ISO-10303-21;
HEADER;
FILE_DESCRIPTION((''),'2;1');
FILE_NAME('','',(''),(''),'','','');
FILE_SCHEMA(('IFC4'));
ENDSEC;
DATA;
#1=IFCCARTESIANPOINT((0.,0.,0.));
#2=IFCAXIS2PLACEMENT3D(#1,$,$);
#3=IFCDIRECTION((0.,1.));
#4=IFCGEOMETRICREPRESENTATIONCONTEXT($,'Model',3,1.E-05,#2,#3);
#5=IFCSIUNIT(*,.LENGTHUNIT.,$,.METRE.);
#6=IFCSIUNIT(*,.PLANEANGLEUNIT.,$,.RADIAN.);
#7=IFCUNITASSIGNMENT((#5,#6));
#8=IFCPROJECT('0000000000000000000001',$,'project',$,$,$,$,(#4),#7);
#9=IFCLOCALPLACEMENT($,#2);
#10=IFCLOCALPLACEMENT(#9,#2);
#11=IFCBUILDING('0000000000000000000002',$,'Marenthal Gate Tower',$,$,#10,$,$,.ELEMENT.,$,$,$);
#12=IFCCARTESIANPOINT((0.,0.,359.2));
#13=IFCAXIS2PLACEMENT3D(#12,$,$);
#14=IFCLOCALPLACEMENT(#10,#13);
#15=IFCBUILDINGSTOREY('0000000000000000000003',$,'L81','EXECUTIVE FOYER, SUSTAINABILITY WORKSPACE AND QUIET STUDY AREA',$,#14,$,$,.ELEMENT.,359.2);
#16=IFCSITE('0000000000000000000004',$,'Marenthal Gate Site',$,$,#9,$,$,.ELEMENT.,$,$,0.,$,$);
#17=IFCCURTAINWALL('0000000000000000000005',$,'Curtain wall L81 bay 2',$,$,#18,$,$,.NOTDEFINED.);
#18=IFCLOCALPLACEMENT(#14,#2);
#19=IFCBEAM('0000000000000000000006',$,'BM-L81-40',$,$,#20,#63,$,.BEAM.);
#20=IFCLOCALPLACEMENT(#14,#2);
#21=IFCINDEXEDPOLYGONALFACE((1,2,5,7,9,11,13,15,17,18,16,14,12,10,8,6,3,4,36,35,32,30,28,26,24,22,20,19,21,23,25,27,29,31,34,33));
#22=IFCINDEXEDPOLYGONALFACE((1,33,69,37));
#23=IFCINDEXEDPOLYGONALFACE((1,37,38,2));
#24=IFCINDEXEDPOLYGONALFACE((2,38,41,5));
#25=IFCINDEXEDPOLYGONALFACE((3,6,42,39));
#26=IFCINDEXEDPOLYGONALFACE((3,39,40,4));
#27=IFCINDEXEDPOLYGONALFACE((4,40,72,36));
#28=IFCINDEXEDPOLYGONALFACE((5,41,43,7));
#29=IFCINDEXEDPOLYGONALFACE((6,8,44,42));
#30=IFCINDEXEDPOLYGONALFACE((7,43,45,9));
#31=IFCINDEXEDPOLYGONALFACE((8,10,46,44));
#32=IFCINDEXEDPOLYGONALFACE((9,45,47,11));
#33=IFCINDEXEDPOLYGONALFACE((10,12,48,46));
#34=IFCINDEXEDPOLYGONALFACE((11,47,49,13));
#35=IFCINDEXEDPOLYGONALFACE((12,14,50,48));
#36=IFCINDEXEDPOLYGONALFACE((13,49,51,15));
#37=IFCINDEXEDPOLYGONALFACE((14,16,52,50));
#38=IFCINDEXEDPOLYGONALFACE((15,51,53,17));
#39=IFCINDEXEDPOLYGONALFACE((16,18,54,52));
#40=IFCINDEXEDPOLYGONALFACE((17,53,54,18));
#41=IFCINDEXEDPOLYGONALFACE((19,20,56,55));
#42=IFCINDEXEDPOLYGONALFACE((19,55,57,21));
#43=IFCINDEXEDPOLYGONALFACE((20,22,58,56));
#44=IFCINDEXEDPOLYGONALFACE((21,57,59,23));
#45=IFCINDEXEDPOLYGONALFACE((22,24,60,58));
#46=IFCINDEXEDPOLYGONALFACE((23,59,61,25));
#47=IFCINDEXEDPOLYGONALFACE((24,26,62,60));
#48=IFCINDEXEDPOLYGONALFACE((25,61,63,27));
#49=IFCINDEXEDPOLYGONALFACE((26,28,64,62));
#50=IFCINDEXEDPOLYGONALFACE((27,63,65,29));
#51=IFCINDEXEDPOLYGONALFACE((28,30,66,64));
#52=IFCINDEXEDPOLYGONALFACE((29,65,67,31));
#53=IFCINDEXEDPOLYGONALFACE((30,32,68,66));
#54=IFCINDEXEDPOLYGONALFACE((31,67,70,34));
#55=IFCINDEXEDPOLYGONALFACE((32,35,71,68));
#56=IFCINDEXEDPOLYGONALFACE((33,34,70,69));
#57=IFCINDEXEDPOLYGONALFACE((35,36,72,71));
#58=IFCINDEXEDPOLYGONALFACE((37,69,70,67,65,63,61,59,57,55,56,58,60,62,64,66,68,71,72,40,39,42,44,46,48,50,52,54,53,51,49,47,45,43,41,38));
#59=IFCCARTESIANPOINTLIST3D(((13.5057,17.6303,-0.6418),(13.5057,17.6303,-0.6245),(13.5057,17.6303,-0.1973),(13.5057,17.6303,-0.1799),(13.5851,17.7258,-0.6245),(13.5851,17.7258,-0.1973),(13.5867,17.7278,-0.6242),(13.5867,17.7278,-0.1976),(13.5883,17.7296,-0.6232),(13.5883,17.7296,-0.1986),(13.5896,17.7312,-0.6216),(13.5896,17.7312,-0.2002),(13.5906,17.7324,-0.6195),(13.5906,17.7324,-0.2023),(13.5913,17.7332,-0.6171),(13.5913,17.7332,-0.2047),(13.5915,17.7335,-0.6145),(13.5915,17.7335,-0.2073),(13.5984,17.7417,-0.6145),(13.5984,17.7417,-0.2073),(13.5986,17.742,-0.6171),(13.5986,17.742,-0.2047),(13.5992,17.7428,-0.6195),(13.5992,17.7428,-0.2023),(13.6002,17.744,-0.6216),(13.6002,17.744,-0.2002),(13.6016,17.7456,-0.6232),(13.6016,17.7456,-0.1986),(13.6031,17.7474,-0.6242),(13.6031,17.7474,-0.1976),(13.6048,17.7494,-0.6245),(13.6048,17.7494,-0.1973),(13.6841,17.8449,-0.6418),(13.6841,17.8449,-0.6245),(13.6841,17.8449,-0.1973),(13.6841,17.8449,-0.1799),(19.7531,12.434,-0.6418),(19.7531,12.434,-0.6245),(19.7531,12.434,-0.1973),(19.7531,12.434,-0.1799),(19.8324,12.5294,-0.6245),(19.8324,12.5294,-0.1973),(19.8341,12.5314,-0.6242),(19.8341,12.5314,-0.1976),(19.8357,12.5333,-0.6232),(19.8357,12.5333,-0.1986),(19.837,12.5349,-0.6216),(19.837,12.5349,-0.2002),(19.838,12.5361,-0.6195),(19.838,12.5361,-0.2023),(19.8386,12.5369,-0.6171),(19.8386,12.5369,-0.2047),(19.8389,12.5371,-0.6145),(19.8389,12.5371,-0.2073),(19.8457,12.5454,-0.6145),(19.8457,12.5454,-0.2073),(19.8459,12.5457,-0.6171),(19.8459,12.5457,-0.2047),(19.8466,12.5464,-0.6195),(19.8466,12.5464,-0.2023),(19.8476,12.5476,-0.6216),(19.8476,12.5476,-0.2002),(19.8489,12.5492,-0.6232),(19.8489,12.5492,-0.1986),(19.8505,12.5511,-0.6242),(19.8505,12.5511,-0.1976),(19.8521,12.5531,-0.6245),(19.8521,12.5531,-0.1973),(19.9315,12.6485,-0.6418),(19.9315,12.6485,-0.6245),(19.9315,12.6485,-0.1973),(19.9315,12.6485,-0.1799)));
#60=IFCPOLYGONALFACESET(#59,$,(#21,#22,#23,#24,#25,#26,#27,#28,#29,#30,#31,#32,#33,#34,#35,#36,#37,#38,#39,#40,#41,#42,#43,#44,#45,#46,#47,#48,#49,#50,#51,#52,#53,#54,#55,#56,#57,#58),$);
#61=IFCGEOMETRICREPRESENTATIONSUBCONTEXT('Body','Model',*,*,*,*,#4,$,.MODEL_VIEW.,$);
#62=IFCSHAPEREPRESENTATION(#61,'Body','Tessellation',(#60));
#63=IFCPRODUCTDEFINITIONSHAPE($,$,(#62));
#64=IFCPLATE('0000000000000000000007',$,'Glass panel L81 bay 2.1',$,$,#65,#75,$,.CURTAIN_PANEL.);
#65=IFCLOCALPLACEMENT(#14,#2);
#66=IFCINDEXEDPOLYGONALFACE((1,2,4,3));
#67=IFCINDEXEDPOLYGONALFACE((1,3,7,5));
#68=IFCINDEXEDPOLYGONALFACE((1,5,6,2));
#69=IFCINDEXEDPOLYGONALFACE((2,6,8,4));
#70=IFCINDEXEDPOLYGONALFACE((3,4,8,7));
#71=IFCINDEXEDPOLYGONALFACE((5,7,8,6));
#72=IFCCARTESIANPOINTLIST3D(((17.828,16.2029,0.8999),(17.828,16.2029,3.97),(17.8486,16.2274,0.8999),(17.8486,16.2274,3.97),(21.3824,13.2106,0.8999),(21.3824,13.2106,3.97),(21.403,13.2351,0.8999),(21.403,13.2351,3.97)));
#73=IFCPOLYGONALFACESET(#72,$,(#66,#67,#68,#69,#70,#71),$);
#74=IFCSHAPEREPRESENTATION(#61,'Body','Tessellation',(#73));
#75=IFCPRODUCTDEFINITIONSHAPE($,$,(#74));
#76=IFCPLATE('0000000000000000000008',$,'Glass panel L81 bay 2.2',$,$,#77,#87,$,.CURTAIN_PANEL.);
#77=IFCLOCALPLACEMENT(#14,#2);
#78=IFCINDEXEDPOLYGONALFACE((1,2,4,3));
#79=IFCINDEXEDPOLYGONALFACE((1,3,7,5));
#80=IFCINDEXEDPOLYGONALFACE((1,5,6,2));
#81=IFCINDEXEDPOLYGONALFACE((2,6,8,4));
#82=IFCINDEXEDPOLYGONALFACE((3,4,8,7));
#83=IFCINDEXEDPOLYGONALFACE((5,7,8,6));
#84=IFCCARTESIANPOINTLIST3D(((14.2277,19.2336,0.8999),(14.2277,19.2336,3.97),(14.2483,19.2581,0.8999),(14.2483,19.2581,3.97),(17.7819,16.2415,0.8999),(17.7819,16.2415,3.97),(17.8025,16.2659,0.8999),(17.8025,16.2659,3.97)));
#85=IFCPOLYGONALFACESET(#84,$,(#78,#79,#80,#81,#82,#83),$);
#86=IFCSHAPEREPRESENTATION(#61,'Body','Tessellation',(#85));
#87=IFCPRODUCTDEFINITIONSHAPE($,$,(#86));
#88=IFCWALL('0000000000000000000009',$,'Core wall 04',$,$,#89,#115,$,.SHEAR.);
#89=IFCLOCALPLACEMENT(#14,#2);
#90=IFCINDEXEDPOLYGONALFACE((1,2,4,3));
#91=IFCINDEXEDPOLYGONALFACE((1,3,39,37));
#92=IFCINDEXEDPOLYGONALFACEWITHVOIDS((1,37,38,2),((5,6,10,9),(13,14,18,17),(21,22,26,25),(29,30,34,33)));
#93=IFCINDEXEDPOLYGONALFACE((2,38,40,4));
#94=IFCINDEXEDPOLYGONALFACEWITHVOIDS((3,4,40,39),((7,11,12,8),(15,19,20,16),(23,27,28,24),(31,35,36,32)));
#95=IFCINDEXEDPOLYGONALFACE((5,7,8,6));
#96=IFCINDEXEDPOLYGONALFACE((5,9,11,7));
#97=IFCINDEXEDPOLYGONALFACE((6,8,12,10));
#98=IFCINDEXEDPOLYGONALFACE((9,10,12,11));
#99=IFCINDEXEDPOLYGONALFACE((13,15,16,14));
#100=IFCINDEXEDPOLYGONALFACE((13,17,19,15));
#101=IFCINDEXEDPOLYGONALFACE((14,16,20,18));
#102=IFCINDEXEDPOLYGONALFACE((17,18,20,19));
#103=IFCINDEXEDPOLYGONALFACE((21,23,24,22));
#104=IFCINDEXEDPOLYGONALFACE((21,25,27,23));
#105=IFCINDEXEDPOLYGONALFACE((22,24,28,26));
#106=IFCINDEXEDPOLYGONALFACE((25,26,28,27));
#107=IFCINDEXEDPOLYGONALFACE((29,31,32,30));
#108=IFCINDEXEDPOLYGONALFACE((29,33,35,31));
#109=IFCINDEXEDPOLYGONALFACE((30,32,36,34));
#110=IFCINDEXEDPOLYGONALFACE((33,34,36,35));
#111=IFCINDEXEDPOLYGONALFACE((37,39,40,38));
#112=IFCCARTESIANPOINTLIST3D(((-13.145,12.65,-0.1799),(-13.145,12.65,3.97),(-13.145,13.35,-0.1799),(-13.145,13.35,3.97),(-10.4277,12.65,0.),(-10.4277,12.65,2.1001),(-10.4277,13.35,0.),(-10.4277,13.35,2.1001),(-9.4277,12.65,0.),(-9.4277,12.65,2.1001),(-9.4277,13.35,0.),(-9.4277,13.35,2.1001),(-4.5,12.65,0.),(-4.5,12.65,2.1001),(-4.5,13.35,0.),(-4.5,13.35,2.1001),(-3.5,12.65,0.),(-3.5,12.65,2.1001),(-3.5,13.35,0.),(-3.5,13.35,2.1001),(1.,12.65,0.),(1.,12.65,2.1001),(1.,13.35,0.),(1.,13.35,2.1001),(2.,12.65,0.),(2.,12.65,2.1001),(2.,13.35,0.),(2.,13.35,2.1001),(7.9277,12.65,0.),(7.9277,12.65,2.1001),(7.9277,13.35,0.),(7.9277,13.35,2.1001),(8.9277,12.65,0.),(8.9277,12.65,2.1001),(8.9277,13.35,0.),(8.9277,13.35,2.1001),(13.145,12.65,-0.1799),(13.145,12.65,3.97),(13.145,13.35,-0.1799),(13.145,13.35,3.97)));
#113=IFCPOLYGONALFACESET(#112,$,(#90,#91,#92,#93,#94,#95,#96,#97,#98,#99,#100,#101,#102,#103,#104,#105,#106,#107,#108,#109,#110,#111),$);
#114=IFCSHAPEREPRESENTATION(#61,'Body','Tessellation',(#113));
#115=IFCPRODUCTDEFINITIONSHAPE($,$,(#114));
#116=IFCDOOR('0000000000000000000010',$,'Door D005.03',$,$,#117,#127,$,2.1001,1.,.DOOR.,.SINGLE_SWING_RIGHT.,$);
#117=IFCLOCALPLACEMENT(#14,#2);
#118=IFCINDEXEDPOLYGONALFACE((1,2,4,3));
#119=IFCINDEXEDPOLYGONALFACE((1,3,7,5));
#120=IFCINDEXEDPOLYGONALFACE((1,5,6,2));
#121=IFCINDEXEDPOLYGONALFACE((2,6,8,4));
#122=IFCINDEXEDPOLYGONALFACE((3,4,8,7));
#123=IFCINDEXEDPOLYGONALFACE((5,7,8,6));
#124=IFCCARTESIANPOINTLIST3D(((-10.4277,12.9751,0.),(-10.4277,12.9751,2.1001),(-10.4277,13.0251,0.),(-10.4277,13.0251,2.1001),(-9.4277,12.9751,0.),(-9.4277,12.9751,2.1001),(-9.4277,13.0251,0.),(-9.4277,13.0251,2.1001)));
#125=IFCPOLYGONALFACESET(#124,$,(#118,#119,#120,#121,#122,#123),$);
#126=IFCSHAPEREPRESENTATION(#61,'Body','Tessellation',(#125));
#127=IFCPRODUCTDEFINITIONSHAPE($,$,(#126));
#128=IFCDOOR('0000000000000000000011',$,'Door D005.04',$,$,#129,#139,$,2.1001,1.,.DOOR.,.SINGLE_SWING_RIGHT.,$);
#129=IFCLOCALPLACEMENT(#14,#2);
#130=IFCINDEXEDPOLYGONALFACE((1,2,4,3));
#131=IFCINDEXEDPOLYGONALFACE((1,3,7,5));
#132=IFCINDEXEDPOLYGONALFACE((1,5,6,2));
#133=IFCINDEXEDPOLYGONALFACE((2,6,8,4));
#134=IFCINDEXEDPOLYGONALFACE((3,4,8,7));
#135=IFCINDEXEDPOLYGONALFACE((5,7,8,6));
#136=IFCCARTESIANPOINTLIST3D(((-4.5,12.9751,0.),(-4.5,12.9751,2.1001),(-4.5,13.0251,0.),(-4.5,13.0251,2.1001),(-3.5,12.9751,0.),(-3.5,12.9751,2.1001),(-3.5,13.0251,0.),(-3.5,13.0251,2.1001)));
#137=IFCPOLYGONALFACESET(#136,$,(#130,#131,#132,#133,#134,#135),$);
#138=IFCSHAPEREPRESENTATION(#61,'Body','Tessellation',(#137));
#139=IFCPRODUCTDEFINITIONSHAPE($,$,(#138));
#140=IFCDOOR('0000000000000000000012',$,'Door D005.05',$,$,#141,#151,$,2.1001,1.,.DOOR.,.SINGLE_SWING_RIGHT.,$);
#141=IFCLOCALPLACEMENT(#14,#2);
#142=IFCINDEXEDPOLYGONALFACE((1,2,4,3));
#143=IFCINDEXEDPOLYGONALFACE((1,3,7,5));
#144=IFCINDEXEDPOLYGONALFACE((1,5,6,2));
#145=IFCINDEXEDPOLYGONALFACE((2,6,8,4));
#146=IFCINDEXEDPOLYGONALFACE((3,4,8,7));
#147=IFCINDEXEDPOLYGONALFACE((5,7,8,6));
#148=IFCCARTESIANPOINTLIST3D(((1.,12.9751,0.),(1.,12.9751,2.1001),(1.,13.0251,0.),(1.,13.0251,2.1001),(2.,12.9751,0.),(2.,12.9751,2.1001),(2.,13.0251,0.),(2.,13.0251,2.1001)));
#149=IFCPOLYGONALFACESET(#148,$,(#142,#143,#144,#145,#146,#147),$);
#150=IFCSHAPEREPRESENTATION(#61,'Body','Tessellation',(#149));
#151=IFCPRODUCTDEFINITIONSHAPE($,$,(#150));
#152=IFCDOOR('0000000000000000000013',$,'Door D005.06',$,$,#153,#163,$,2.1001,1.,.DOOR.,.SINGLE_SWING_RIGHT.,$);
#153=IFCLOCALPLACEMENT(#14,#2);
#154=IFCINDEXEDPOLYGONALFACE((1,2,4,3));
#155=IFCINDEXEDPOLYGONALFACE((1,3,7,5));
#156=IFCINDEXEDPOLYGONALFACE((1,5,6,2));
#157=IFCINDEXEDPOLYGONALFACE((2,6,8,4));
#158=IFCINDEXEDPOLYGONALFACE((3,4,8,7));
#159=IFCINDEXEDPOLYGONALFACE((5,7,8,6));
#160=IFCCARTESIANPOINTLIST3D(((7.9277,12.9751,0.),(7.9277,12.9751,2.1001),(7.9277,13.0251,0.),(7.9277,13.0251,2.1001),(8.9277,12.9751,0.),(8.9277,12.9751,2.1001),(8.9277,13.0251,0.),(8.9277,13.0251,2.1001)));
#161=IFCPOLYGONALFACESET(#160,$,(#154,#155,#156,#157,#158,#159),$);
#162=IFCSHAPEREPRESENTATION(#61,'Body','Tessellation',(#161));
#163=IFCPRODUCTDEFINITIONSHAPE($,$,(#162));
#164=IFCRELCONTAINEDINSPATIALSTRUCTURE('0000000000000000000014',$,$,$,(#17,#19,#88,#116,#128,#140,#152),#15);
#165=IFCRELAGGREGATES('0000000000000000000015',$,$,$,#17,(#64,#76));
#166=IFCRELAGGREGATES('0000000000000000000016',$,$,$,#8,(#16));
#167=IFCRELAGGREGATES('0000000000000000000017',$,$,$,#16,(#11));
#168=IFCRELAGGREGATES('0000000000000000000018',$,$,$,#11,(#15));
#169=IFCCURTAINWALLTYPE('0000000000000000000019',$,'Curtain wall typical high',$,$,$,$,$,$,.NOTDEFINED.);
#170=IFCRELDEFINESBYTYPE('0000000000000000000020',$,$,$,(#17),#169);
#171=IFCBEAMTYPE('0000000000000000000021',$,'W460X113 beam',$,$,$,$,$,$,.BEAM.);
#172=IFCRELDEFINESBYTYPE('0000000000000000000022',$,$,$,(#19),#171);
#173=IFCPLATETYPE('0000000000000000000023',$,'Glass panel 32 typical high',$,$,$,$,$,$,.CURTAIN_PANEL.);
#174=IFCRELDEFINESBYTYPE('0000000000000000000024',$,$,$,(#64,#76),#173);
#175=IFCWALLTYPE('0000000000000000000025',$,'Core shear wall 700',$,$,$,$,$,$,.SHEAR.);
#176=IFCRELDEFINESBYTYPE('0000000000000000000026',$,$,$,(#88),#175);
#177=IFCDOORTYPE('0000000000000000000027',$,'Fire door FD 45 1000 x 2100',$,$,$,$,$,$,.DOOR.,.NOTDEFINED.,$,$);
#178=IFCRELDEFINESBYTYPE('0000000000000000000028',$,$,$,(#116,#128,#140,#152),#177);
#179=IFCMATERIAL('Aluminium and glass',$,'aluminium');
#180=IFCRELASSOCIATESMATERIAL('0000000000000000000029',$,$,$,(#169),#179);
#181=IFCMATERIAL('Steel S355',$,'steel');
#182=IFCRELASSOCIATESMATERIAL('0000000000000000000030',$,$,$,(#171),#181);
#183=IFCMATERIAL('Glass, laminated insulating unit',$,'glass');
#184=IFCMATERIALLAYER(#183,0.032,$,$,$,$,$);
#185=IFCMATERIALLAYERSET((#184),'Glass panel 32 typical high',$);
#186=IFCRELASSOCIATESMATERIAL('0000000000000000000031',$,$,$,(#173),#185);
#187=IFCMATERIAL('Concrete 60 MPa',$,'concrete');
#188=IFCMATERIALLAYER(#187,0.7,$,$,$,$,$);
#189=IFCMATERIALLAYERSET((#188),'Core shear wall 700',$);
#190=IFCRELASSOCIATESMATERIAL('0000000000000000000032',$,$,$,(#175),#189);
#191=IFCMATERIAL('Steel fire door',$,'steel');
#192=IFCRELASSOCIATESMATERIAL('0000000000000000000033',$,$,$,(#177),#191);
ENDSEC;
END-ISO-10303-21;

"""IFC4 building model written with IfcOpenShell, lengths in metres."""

from ifc_helpers import new_model, si_unit, direction, frame, frame_2d, origin, origin_2d, place, context, subcontext, project, spatial, rectangle, i_section, extrude, material, layer, layer_set, material_profile, profile_set, type_object, element, fill, aggregate, save


model = new_model("IFC4")

# Units and contexts
model_context = context("Model", 3, precision=1e-05, world=origin(), true_north=direction((0.0, 1.0)))
body_context = subcontext(model_context, "Body", "Model", "MODEL_VIEW")
ifc_project = project(units=[si_unit("LENGTHUNIT", "METRE"), si_unit("PLANEANGLEUNIT", "RADIAN")], contexts=[model_context])

# Site, building, storey
site_placement = place(None, origin())
site = spatial("IfcSite", under=ifc_project, at=site_placement, Name="Marenthal Gate Site", CompositionType="ELEMENT", RefElevation=0.0)
building_placement = place(site_placement, origin())
building = spatial("IfcBuilding", under=site, at=building_placement, Name="Marenthal Gate Tower", CompositionType="ELEMENT")
storey_placement = place(building_placement, frame((0.0, 0.0, 359.2)))
storey = spatial("IfcBuildingStorey", under=building, at=storey_placement, Name="L81", Description="EXECUTIVE FOYER, SUSTAINABILITY WORKSPACE AND QUIET STUDY AREA", CompositionType="ELEMENT", Elevation=359.2)

# Curtain wall
ifc_material_1 = material(Name="Aluminium and glass", Category="aluminium")
curtain_wall_type = type_object("IfcCurtainWallType", Name="Curtain wall typical high", PredefinedType="NOTDEFINED", material=ifc_material_1)
curtain_wall_placement = place(storey_placement, origin())
curtain_wall = element("IfcCurtainWall", 1, at=curtain_wall_placement, inside=storey, type_object=curtain_wall_type, Name="Curtain wall L81 bay 2", PredefinedType="NOTDEFINED")

# Beam
ifc_material_2 = material(Name="Steel S355", Category="steel")
ifc_material_profile_1 = material_profile(ifc_material_2, i_section(OverallWidth=0.2791, OverallDepth=0.4619, WebThickness=0.0107, FlangeThickness=0.0173, FilletRadius=0.01, at=origin_2d()), Name="W460X113")
ifc_profile_set_1 = profile_set([ifc_material_profile_1], Name="Steel S355")
beam_type_1 = type_object("IfcBeamType", Name="W460X113 beam", PredefinedType="BEAM", material=ifc_profile_set_1)
beam_1_placement = place(storey_placement, frame((19.8423, 12.5413, -0.4109), z_axis=(-0.768814, 0.639472, 0.0), x_axis=(-0.639472, -0.768814, 0.0)))
element("IfcBeam", 2, at=beam_1_placement, inside=storey, type_object=beam_type_1, Name="BM-L81-40", PredefinedType="BEAM", context=body_context, shape_type="SweptSolid", body=[
    extrude(i_section(OverallWidth=0.2791, OverallDepth=0.4619, WebThickness=0.0107, FlangeThickness=0.0173, FilletRadius=0.01, at=origin_2d()), origin(), (0.0, 0.0, 1.0), 8.126),
])

# Plates
ifc_material_3 = material(Name="Glass, laminated insulating unit", Category="glass")
ifc_layer_1 = layer(ifc_material_3, 0.032)
ifc_layer_set_1 = layer_set([ifc_layer_1], Name="Glass panel 32 typical high")
plate_type = type_object("IfcPlateType", Name="Glass panel 32 typical high", PredefinedType="CURTAIN_PANEL", material=ifc_layer_set_1)
plate_1_placement = place(storey_placement, frame((19.6155, 14.719, 0.8999), z_axis=(0.0, 0.0, 1.0), x_axis=(-0.765006, 0.644023, 0.0)))
plate_1 = element("IfcPlate", 3, at=plate_1_placement, type_object=plate_type, Name="Glass panel L81 bay 2.1", PredefinedType="CURTAIN_PANEL", context=body_context, shape_type="SweptSolid", body=[
    extrude(rectangle(XDim=4.6462, YDim=0.032, at=origin_2d()), origin(), (0.0, 0.0, 1.0), 3.0701),
])
plate_2_placement = place(storey_placement, frame((16.0151, 17.7498, 0.8999), z_axis=(0.0, 0.0, 1.0), x_axis=(-0.765006, 0.644023, 0.0)))
plate_2 = element("IfcPlate", 4, at=plate_2_placement, type_object=plate_type, Name="Glass panel L81 bay 2.2", PredefinedType="CURTAIN_PANEL", context=body_context, shape_type="SweptSolid", body=[
    extrude(rectangle(XDim=4.646, YDim=0.032, at=origin_2d()), origin(), (0.0, 0.0, 1.0), 3.0701),
])
aggregate(curtain_wall, [plate_1, plate_2])

# Wall, openings, doors
ifc_material_4 = material(Name="Concrete 60 MPa", Category="concrete")
ifc_layer_2 = layer(ifc_material_4, 0.7)
ifc_layer_set_2 = layer_set([ifc_layer_2], Name="Core shear wall 700")
wall_type_1 = type_object("IfcWallType", Name="Core shear wall 700", PredefinedType="SHEAR", material=ifc_layer_set_2)
wall_1_placement = place(storey_placement, frame((13.145, 13.0, -0.1799), z_axis=(0.0, 0.0, 1.0), x_axis=(-1.0, 0.0, 0.0)))
wall_1 = element("IfcWall", 5, at=wall_1_placement, inside=storey, type_object=wall_type_1, Name="Core wall 04", PredefinedType="SHEAR", context=body_context, shape_type="SweptSolid", body=[
    extrude(rectangle(XDim=26.29, YDim=0.7, at=frame_2d((13.145, 0.0))), origin(), (0.0, 0.0, 1.0), 4.1499),
])
opening_1_placement = place(wall_1_placement, frame((22.5728, 0.0, 0.1799)))
opening_1 = element("IfcOpeningElement", 6, at=opening_1_placement, cuts=wall_1, PredefinedType="OPENING", context=body_context, shape_type="SweptSolid", body=[
    extrude(rectangle(XDim=1.0, YDim=2.1001, at=frame_2d((0.5, 1.05))), frame((0.0, 0.3599, 0.0), z_axis=(0.0, -1.0, 0.0), x_axis=(1.0, 0.0, 0.0)), (0.0, 0.0, 1.0), 0.72),
])
opening_2_placement = place(wall_1_placement, frame((16.645, 0.0, 0.1799)))
opening_2 = element("IfcOpeningElement", 7, at=opening_2_placement, cuts=wall_1, PredefinedType="OPENING", context=body_context, shape_type="SweptSolid", body=[
    extrude(rectangle(XDim=1.0, YDim=2.1001, at=frame_2d((0.5, 1.05))), frame((0.0, 0.3599, 0.0), z_axis=(0.0, -1.0, 0.0), x_axis=(1.0, 0.0, 0.0)), (0.0, 0.0, 1.0), 0.72),
])
opening_3_placement = place(wall_1_placement, frame((11.145, 0.0, 0.1799)))
opening_3 = element("IfcOpeningElement", 8, at=opening_3_placement, cuts=wall_1, PredefinedType="OPENING", context=body_context, shape_type="SweptSolid", body=[
    extrude(rectangle(XDim=1.0, YDim=2.1001, at=frame_2d((0.5, 1.05))), frame((0.0, 0.3599, 0.0), z_axis=(0.0, -1.0, 0.0), x_axis=(1.0, 0.0, 0.0)), (0.0, 0.0, 1.0), 0.72),
])
opening_4_placement = place(wall_1_placement, frame((4.2173, 0.0, 0.1799)))
opening_4 = element("IfcOpeningElement", 9, at=opening_4_placement, cuts=wall_1, PredefinedType="OPENING", context=body_context, shape_type="SweptSolid", body=[
    extrude(rectangle(XDim=1.0, YDim=2.1001, at=frame_2d((0.5, 1.05))), frame((0.0, 0.3599, 0.0), z_axis=(0.0, -1.0, 0.0), x_axis=(1.0, 0.0, 0.0)), (0.0, 0.0, 1.0), 0.72),
])
ifc_material_5 = material(Name="Steel fire door", Category="steel")
door_type_1 = type_object("IfcDoorType", Name="Fire door FD 45 1000 x 2100", OperationType="NOTDEFINED", PredefinedType="DOOR", material=ifc_material_5)
door_1_placement = place(opening_1_placement, origin())
door_1 = element("IfcDoor", 10, at=door_1_placement, inside=storey, type_object=door_type_1, Name="Door D005.03", OperationType="SINGLE_SWING_RIGHT", OverallHeight=2.1001, OverallWidth=1.0, PredefinedType="DOOR", context=body_context, shape_type="SweptSolid", body=[
    extrude(rectangle(XDim=1.0, YDim=2.1001, at=frame_2d((0.5, 1.05))), frame((0.0, 0.0249, 0.0), z_axis=(0.0, -1.0, 0.0), x_axis=(1.0, 0.0, 0.0)), (0.0, 0.0, 1.0), 0.05),
])
fill(opening_1, door_1)
door_2_placement = place(opening_2_placement, origin())
door_2 = element("IfcDoor", 11, at=door_2_placement, inside=storey, type_object=door_type_1, Name="Door D005.04", OperationType="SINGLE_SWING_RIGHT", OverallHeight=2.1001, OverallWidth=1.0, PredefinedType="DOOR", context=body_context, shape_type="SweptSolid", body=[
    extrude(rectangle(XDim=1.0, YDim=2.1001, at=frame_2d((0.5, 1.05))), frame((0.0, 0.0249, 0.0), z_axis=(0.0, -1.0, 0.0), x_axis=(1.0, 0.0, 0.0)), (0.0, 0.0, 1.0), 0.05),
])
fill(opening_2, door_2)
door_3_placement = place(opening_3_placement, origin())
door_3 = element("IfcDoor", 12, at=door_3_placement, inside=storey, type_object=door_type_1, Name="Door D005.05", OperationType="SINGLE_SWING_RIGHT", OverallHeight=2.1001, OverallWidth=1.0, PredefinedType="DOOR", context=body_context, shape_type="SweptSolid", body=[
    extrude(rectangle(XDim=1.0, YDim=2.1001, at=frame_2d((0.5, 1.05))), frame((0.0, 0.0249, 0.0), z_axis=(0.0, -1.0, 0.0), x_axis=(1.0, 0.0, 0.0)), (0.0, 0.0, 1.0), 0.05),
])
fill(opening_3, door_3)
door_4_placement = place(opening_4_placement, origin())
door_4 = element("IfcDoor", 13, at=door_4_placement, inside=storey, type_object=door_type_1, Name="Door D005.06", OperationType="SINGLE_SWING_RIGHT", OverallHeight=2.1001, OverallWidth=1.0, PredefinedType="DOOR", context=body_context, shape_type="SweptSolid", body=[
    extrude(rectangle(XDim=1.0, YDim=2.1001, at=frame_2d((0.5, 1.05))), frame((0.0, 0.0249, 0.0), z_axis=(0.0, -1.0, 0.0), x_axis=(1.0, 0.0, 0.0)), (0.0, 0.0, 1.0), 0.05),
])
fill(opening_4, door_4)

save(model, "model.ifc")
